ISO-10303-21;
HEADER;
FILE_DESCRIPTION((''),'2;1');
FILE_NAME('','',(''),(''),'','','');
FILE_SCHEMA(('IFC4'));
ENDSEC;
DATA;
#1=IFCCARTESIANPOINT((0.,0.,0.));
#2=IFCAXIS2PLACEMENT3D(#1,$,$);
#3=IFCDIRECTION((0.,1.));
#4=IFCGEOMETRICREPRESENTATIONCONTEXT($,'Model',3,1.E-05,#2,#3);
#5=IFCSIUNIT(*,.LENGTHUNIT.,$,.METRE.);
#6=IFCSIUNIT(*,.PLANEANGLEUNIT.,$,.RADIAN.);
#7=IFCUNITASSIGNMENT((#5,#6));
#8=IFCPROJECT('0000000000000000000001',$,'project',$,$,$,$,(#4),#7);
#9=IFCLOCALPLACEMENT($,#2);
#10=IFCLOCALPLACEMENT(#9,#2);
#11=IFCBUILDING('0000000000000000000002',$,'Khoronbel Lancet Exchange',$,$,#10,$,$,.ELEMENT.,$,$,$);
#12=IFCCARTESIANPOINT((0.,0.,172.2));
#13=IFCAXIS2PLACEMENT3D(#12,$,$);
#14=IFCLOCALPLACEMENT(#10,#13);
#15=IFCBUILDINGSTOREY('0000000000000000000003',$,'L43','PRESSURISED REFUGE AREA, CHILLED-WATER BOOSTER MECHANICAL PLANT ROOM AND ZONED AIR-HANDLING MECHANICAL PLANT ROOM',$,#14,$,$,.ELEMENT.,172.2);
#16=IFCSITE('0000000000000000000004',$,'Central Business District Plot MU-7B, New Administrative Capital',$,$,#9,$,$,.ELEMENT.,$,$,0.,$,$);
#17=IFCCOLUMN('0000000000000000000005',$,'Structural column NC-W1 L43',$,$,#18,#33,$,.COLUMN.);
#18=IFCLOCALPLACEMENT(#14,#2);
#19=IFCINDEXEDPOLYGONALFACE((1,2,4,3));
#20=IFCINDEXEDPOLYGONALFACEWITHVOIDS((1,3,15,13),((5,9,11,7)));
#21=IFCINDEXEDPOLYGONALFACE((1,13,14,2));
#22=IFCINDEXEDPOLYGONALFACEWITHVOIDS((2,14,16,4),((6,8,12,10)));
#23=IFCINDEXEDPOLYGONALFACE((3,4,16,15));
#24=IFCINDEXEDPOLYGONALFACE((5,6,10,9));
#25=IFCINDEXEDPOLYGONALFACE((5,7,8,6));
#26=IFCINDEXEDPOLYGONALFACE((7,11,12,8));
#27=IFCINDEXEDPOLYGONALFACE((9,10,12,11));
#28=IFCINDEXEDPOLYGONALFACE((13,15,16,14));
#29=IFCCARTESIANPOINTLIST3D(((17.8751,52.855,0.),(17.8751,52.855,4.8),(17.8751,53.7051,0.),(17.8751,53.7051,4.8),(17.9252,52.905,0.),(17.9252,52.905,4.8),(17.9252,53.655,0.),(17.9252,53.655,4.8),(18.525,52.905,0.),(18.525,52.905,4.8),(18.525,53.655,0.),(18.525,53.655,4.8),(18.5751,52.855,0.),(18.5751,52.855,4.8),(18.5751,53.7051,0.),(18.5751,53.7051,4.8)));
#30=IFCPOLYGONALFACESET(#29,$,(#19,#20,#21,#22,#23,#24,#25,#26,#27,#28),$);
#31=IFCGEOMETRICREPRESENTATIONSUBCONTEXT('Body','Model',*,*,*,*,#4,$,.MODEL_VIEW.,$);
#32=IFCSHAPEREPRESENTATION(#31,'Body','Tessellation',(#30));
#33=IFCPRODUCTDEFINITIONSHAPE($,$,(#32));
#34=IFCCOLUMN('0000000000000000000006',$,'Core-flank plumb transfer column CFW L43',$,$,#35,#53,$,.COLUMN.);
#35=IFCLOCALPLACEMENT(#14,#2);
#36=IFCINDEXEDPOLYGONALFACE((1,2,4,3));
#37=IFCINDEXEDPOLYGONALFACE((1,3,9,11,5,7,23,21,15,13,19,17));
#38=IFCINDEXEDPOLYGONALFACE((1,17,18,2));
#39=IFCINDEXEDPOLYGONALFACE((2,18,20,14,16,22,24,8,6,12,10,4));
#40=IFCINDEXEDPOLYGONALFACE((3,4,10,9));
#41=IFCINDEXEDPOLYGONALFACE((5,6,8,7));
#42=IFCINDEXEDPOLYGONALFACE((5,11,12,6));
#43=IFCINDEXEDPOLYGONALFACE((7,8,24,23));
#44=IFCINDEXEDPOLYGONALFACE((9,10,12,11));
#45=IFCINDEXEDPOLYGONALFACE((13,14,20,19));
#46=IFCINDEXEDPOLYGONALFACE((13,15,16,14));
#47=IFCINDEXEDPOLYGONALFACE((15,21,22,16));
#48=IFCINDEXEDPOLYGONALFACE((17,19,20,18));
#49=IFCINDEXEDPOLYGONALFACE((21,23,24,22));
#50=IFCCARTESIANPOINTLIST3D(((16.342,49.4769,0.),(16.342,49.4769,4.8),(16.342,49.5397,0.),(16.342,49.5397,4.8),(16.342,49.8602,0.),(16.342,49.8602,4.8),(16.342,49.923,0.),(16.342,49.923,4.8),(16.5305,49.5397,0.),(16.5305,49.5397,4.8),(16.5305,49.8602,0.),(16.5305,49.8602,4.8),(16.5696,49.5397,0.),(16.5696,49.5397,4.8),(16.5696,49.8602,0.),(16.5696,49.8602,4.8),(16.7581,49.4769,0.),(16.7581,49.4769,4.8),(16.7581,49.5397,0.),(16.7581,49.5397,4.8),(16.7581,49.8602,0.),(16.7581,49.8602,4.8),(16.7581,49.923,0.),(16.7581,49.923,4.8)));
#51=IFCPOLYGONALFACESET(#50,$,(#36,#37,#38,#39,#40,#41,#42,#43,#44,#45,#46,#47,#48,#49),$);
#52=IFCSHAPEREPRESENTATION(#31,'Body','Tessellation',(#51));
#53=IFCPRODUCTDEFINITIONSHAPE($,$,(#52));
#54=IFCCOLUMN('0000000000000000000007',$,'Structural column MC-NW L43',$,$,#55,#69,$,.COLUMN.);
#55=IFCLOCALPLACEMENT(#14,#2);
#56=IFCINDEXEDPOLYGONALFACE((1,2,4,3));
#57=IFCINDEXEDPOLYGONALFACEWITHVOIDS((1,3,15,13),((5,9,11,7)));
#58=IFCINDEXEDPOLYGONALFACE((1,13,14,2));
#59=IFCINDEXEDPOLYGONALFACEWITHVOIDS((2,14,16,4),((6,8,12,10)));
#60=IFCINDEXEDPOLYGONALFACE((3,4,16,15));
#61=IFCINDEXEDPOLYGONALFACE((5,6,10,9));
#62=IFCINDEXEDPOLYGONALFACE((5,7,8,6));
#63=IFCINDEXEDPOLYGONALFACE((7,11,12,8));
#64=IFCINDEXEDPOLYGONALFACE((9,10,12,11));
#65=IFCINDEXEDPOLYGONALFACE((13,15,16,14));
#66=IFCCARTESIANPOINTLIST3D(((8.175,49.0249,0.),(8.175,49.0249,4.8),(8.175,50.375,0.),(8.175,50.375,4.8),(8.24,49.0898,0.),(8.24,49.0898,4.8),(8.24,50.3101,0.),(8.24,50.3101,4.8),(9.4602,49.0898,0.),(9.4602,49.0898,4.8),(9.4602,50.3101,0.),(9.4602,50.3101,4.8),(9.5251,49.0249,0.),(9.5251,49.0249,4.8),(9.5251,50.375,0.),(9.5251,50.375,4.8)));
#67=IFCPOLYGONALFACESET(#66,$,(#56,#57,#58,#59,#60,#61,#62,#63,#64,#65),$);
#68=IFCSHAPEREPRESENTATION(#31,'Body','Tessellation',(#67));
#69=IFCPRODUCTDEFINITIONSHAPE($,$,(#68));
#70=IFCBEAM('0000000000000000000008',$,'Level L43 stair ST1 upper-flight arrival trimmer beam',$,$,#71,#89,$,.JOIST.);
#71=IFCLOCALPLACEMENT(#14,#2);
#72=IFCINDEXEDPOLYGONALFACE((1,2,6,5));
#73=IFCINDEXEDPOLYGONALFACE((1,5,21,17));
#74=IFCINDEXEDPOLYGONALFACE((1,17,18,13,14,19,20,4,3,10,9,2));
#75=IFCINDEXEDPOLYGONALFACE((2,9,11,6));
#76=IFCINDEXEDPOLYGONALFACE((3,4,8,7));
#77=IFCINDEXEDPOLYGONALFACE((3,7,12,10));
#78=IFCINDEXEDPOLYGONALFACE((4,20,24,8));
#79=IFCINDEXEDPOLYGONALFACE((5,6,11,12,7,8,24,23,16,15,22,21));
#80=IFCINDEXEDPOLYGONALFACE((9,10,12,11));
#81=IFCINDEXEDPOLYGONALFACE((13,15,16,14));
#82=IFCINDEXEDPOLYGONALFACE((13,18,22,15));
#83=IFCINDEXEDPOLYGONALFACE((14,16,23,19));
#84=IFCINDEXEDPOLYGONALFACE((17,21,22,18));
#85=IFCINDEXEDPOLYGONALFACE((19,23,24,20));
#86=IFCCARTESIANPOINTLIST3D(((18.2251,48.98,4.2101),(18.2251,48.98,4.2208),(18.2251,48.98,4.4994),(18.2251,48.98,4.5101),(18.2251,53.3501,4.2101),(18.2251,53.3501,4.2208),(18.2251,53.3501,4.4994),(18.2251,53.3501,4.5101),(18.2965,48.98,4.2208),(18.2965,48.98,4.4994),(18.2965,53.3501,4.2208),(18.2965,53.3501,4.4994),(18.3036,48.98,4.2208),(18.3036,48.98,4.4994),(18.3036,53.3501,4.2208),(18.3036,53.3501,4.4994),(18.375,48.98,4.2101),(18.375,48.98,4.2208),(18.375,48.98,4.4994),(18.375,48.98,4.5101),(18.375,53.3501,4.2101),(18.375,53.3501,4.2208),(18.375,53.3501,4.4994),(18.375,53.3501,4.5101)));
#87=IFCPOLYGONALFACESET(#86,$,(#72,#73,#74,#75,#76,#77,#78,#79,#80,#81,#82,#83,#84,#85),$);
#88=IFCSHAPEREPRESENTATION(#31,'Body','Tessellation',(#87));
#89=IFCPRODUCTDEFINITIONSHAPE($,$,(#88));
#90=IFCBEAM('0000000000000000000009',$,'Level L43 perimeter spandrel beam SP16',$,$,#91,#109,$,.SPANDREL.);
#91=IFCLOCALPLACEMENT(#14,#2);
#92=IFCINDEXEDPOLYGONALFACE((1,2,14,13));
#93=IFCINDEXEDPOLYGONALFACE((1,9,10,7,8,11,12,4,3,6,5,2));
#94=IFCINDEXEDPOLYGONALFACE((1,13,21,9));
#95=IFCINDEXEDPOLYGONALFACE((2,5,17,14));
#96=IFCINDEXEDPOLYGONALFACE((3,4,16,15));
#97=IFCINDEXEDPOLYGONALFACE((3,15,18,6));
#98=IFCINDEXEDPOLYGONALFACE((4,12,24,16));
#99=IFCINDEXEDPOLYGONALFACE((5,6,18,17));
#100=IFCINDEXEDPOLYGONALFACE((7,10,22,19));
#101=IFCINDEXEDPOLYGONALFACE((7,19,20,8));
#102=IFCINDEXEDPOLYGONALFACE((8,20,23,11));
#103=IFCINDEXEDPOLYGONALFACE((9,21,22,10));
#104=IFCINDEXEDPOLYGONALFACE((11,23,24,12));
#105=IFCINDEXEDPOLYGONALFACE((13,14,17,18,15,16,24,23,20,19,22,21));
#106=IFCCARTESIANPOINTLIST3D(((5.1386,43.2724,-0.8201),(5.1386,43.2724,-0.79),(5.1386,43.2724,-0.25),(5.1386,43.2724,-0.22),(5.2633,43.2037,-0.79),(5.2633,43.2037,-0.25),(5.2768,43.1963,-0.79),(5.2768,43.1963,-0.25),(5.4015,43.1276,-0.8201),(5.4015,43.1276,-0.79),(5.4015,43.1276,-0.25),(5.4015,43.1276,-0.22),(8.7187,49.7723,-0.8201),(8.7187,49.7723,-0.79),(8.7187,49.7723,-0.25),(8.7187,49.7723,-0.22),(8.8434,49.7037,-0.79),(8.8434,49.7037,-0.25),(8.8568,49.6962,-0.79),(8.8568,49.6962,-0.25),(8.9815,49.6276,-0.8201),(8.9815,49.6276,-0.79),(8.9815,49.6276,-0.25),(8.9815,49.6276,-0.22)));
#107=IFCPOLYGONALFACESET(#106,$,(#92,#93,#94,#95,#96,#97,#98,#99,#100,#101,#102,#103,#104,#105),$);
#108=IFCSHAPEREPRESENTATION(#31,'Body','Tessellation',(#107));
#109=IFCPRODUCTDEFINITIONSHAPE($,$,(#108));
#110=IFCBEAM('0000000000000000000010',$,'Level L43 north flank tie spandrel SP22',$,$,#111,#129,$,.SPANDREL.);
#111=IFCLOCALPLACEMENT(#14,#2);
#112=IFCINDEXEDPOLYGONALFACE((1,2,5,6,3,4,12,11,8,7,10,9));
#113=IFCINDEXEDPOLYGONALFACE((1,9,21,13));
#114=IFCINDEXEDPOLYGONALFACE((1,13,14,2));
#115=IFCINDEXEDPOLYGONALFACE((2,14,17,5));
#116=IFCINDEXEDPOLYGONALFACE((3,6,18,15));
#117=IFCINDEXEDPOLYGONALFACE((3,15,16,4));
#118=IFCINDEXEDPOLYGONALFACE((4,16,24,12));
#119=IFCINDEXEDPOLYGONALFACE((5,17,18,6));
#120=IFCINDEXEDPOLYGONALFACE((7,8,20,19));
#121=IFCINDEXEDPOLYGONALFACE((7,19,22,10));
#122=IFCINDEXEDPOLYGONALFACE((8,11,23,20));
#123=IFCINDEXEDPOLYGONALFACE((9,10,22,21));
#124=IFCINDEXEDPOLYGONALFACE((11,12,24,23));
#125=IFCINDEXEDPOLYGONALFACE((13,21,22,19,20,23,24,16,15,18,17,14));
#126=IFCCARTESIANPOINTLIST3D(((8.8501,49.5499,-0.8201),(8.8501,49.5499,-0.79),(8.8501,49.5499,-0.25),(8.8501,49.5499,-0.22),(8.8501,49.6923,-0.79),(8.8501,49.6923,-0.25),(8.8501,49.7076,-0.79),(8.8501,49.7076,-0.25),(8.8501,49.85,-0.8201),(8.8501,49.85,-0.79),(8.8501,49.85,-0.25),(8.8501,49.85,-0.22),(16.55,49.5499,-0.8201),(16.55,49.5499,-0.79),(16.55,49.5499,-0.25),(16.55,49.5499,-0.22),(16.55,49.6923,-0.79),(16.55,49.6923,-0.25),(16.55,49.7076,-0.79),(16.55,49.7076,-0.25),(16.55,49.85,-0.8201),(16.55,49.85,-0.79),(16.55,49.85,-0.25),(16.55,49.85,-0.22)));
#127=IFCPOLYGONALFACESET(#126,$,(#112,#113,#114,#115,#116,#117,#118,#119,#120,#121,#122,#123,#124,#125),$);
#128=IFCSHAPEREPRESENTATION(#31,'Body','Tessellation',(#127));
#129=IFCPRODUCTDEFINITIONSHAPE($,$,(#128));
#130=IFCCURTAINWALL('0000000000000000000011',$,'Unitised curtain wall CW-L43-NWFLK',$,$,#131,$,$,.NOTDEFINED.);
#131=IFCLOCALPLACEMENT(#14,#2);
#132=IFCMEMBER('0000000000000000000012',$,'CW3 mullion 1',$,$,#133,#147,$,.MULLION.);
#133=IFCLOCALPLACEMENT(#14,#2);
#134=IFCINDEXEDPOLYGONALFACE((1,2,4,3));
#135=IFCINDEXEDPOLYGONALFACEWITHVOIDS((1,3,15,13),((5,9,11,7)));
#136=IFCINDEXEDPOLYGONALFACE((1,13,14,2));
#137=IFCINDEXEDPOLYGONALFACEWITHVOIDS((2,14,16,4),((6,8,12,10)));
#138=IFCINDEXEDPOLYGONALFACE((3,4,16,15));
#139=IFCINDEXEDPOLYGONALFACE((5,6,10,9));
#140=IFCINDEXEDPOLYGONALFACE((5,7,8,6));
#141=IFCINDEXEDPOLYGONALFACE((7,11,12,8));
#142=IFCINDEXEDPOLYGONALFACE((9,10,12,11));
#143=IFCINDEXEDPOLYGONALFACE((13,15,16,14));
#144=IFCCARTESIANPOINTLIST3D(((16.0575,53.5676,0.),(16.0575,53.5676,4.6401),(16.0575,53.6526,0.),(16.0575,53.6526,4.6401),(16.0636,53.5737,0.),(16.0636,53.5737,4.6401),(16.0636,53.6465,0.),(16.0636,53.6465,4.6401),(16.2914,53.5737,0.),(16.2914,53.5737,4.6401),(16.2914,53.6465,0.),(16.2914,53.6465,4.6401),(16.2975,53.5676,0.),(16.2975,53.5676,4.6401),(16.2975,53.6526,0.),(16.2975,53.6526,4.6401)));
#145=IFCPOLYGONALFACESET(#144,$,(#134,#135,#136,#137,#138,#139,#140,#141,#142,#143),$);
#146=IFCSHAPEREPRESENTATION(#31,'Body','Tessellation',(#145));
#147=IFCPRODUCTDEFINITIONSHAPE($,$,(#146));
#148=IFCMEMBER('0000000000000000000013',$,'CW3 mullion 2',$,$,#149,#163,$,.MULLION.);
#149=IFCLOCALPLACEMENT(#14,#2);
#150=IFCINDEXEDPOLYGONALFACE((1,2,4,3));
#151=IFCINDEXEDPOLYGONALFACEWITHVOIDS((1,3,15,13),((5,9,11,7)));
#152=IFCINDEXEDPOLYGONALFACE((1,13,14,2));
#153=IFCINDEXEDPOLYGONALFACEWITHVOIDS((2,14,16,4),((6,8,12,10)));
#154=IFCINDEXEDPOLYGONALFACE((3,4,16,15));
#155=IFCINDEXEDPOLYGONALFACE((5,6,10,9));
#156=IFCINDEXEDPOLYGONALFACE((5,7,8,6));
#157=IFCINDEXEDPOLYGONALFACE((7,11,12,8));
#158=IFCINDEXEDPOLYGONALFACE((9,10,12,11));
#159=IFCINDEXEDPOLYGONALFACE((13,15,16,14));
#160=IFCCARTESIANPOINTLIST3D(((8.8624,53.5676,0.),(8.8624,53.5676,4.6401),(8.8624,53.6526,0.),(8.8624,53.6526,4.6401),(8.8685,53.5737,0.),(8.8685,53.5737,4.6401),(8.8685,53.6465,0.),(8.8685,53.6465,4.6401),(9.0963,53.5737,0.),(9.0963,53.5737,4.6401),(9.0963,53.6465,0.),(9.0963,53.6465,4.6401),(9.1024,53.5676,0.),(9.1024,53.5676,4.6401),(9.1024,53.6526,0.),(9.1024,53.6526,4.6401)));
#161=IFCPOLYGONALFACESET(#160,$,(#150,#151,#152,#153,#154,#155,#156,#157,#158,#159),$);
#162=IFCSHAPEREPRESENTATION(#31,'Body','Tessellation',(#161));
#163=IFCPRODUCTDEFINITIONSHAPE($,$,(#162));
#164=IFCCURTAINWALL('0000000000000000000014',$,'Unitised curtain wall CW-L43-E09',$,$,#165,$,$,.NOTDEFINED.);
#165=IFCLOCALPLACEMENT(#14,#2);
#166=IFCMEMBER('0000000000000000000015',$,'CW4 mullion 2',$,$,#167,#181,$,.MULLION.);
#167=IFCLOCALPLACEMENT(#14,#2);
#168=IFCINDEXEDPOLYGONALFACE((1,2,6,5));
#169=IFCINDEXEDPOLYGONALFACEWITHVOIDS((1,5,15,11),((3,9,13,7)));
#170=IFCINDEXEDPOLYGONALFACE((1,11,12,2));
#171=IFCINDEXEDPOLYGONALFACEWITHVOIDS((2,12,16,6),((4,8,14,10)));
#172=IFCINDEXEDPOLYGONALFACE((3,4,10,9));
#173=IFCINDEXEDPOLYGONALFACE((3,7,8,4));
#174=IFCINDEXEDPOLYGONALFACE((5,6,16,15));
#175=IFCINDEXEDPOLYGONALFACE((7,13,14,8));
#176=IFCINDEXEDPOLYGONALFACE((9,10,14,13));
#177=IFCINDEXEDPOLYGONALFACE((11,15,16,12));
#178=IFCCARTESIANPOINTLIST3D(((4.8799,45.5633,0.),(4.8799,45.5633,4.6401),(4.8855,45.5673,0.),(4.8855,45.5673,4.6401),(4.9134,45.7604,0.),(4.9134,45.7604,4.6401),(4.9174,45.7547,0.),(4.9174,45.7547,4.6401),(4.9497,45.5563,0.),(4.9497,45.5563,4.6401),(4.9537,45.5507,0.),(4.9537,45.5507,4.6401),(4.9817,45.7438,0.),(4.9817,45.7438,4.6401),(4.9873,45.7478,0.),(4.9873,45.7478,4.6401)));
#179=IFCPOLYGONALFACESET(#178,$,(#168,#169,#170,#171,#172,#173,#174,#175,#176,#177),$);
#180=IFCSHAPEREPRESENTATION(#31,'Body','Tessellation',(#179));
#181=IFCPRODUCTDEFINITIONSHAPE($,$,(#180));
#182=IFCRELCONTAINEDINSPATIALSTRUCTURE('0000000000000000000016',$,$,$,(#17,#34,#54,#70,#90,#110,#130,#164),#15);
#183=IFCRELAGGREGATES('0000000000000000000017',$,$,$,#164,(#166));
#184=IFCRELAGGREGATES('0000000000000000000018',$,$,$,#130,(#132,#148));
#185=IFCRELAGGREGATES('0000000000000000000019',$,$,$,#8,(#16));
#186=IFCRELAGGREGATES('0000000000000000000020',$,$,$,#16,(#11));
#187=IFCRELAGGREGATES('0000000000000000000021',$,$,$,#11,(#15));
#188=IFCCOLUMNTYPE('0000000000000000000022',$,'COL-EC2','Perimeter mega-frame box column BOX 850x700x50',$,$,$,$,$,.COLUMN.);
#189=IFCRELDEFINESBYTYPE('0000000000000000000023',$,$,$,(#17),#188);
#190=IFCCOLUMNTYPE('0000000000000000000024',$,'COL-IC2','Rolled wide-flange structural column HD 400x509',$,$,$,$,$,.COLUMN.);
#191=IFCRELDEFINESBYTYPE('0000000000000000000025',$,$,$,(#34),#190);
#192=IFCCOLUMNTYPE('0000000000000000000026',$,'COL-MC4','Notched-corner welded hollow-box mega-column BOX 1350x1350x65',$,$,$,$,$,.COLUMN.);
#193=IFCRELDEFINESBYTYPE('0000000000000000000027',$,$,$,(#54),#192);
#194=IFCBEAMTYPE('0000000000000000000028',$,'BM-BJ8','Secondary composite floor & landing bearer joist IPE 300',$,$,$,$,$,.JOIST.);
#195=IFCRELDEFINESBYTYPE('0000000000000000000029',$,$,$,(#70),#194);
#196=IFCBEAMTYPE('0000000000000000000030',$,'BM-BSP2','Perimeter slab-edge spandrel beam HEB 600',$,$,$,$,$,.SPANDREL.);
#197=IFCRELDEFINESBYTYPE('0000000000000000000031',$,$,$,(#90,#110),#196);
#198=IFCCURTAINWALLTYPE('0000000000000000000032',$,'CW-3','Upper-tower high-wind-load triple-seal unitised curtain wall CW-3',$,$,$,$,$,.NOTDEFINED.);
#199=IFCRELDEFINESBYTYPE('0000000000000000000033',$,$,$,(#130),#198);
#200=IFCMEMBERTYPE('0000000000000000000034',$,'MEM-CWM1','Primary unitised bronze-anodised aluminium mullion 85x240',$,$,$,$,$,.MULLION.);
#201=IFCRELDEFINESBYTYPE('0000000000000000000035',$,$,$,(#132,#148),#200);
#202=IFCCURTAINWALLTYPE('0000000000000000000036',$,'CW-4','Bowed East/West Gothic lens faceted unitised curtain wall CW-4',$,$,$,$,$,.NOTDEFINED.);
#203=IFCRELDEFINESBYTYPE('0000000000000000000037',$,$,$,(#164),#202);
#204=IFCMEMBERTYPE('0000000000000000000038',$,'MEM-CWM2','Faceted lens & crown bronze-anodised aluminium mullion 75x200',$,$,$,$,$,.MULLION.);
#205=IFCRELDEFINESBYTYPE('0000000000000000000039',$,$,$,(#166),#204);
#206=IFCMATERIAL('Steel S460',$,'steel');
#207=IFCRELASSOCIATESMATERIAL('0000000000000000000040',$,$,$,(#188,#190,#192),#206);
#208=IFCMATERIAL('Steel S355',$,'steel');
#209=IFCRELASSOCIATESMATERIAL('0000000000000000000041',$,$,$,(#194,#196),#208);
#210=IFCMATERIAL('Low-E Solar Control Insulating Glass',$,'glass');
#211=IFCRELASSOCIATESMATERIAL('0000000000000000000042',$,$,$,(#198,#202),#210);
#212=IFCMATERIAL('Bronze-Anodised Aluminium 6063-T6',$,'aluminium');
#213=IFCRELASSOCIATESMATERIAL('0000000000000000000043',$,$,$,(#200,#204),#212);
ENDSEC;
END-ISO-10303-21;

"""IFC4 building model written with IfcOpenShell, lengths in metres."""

from ifc_helpers import new_model, si_unit, direction, frame, origin, origin_2d, place, context, subcontext, project, spatial, hollow_rectangle, i_section, extrude, material, material_profile, profile_set, type_object, element, aggregate, save


model = new_model("IFC4")

# Units and contexts
model_context = context("Model", 3, precision=1e-05, world=origin(), true_north=direction((0.0, 1.0)))
body_context = subcontext(model_context, "Body", "Model", "MODEL_VIEW")
ifc_project = project(units=[si_unit("LENGTHUNIT", "METRE"), si_unit("PLANEANGLEUNIT", "RADIAN")], contexts=[model_context])

# Site, building, storey
site_placement = place(None, origin())
site = spatial("IfcSite", under=ifc_project, at=site_placement, Name="Central Business District Plot MU-7B, New Administrative Capital", CompositionType="ELEMENT", RefElevation=0.0)
building_placement = place(site_placement, origin())
building = spatial("IfcBuilding", under=site, at=building_placement, Name="Khoronbel Lancet Exchange", CompositionType="ELEMENT")
storey_placement = place(building_placement, frame((0.0, 0.0, 172.2)))
storey = spatial("IfcBuildingStorey", under=building, at=storey_placement, Name="L43", Description="PRESSURISED REFUGE AREA, CHILLED-WATER BOOSTER MECHANICAL PLANT ROOM AND ZONED AIR-HANDLING MECHANICAL PLANT ROOM", CompositionType="ELEMENT", Elevation=172.2)

# Columns
ifc_material_1 = material(Name="Steel S460", Category="steel")
ifc_material_profile_1 = material_profile(ifc_material_1, hollow_rectangle(XDim=0.7, YDim=0.8501, WallThickness=0.05, at=origin_2d()), Name="BOX 850x700x50")
ifc_profile_set_1 = profile_set([ifc_material_profile_1], Name="Steel S460")
column_type_1 = type_object("IfcColumnType", Name="COL-EC2", Description="Perimeter mega-frame box column BOX 850x700x50", PredefinedType="COLUMN", material=ifc_profile_set_1)
column_1_placement = place(storey_placement, frame((18.2251, 53.28, 0.0), z_axis=(0.0, 0.0, 1.0), x_axis=(1.0, 0.0, 0.0)))
element("IfcColumn", 1, at=column_1_placement, inside=storey, type_object=column_type_1, Name="Structural column NC-W1 L43", PredefinedType="COLUMN", context=body_context, shape_type="SweptSolid", body=[
    extrude(hollow_rectangle(XDim=0.7, YDim=0.8501, WallThickness=0.05, at=origin_2d()), origin(), (0.0, 0.0, 1.0), 4.8),
])
ifc_material_profile_2 = material_profile(ifc_material_1, i_section(OverallWidth=0.416, OverallDepth=0.446, WebThickness=0.0391, FlangeThickness=0.0627, at=origin_2d()), Name="HD 400x509")
ifc_profile_set_2 = profile_set([ifc_material_profile_2], Name="Steel S460")
column_type_2 = type_object("IfcColumnType", Name="COL-IC2", Description="Rolled wide-flange structural column HD 400x509", PredefinedType="COLUMN", material=ifc_profile_set_2)
column_2_placement = place(storey_placement, frame((16.55, 49.7, 0.0), z_axis=(0.0, 0.0, 1.0), x_axis=(1.0, 0.0, 0.0)))
element("IfcColumn", 2, at=column_2_placement, inside=storey, type_object=column_type_2, Name="Core-flank plumb transfer column CFW L43", PredefinedType="COLUMN", context=body_context, shape_type="SweptSolid", body=[
    extrude(i_section(OverallWidth=0.416, OverallDepth=0.446, WebThickness=0.0391, FlangeThickness=0.0627, at=origin_2d()), origin(), (0.0, 0.0, 1.0), 4.8),
])
ifc_material_profile_3 = material_profile(ifc_material_1, hollow_rectangle(XDim=1.3501, YDim=1.3501, WallThickness=0.0649, at=origin_2d()), Name="BOX 1350x1350x65")
ifc_profile_set_3 = profile_set([ifc_material_profile_3], Name="Steel S460")
column_type_3 = type_object("IfcColumnType", Name="COL-MC4", Description="Notched-corner welded hollow-box mega-column BOX 1350x1350x65", PredefinedType="COLUMN", material=ifc_profile_set_3)
column_3_placement = place(storey_placement, frame((8.8501, 49.7, 0.0), z_axis=(0.0, 0.0, 1.0), x_axis=(1.0, 0.0, 0.0)))
element("IfcColumn", 3, at=column_3_placement, inside=storey, type_object=column_type_3, Name="Structural column MC-NW L43", PredefinedType="COLUMN", context=body_context, shape_type="SweptSolid", body=[
    extrude(hollow_rectangle(XDim=1.3501, YDim=1.3501, WallThickness=0.0649, at=origin_2d()), origin(), (0.0, 0.0, 1.0), 4.8),
])

# Beams
ifc_material_2 = material(Name="Steel S355", Category="steel")
ifc_material_profile_4 = material_profile(ifc_material_2, i_section(OverallWidth=0.1499, OverallDepth=0.3, WebThickness=0.0071, FlangeThickness=0.0107, at=origin_2d()), Name="IPE 300")
ifc_profile_set_4 = profile_set([ifc_material_profile_4], Name="Steel S355")
beam_type_1 = type_object("IfcBeamType", Name="BM-BJ8", Description="Secondary composite floor & landing bearer joist IPE 300", PredefinedType="JOIST", material=ifc_profile_set_4)
beam_1_placement = place(storey_placement, frame((18.3, 48.98, 4.3601), z_axis=(0.0, 1.0, 0.0), x_axis=(-1.0, 0.0, 0.0)))
element("IfcBeam", 4, at=beam_1_placement, inside=storey, type_object=beam_type_1, Name="Level L43 stair ST1 upper-flight arrival trimmer beam", PredefinedType="JOIST", context=body_context, shape_type="SweptSolid", body=[
    extrude(i_section(OverallWidth=0.1499, OverallDepth=0.3, WebThickness=0.0071, FlangeThickness=0.0107, at=origin_2d()), origin(), (0.0, 0.0, 1.0), 4.3701),
])
ifc_material_profile_5 = material_profile(ifc_material_2, i_section(OverallWidth=0.3, OverallDepth=0.6001, WebThickness=0.0154, FlangeThickness=0.03, at=origin_2d()), Name="HEB 600")
ifc_profile_set_5 = profile_set([ifc_material_profile_5], Name="Steel S355")
beam_type_2 = type_object("IfcBeamType", Name="BM-BSP2", Description="Perimeter slab-edge spandrel beam HEB 600", PredefinedType="SPANDREL", material=ifc_profile_set_5)
beam_2_placement = place(storey_placement, frame((8.8501, 49.7, -0.52), z_axis=(-0.482444, -0.875927, 0.0), x_axis=(0.875927, -0.482444, 0.0)))
element("IfcBeam", 5, at=beam_2_placement, inside=storey, type_object=beam_type_2, Name="Level L43 perimeter spandrel beam SP16", PredefinedType="SPANDREL", context=body_context, shape_type="SweptSolid", body=[
    extrude(i_section(OverallWidth=0.3, OverallDepth=0.6001, WebThickness=0.0154, FlangeThickness=0.03, at=origin_2d()), origin(), (0.0, 0.0, 1.0), 7.4207),
])
beam_3_placement = place(storey_placement, frame((8.8501, 49.7, -0.52), z_axis=(1.0, 0.0, 0.0), x_axis=(0.0, 1.0, 0.0)))
element("IfcBeam", 6, at=beam_3_placement, inside=storey, type_object=beam_type_2, Name="Level L43 north flank tie spandrel SP22", PredefinedType="SPANDREL", context=body_context, shape_type="SweptSolid", body=[
    extrude(i_section(OverallWidth=0.3, OverallDepth=0.6001, WebThickness=0.0154, FlangeThickness=0.03, at=origin_2d()), origin(), (0.0, 0.0, 1.0), 7.7),
])

# Curtain wall, members
ifc_material_3 = material(Name="Low-E Solar Control Insulating Glass", Category="glass")
curtain_wall_type_1 = type_object("IfcCurtainWallType", Name="CW-3", Description="Upper-tower high-wind-load triple-seal unitised curtain wall CW-3", PredefinedType="NOTDEFINED", material=ifc_material_3)
curtain_wall_1_placement = place(storey_placement, origin())
curtain_wall_1 = element("IfcCurtainWall", 7, at=curtain_wall_1_placement, inside=storey, type_object=curtain_wall_type_1, Name="Unitised curtain wall CW-L43-NWFLK", PredefinedType="NOTDEFINED")
ifc_material_4 = material(Name="Bronze-Anodised Aluminium 6063-T6", Category="aluminium")
ifc_material_profile_6 = material_profile(ifc_material_4, hollow_rectangle(XDim=0.085, YDim=0.24, WallThickness=0.0061, at=origin_2d()), Name="ALU MULLION 85x240")
ifc_profile_set_6 = profile_set([ifc_material_profile_6], Name="Bronze-Anodised Aluminium 6063-T6")
member_type_1 = type_object("IfcMemberType", Name="MEM-CWM1", Description="Primary unitised bronze-anodised aluminium mullion 85x240", PredefinedType="MULLION", material=ifc_profile_set_6)
member_1_placement = place(storey_placement, frame((16.1775, 53.6101, 0.0), z_axis=(0.0, 0.0, 1.0), x_axis=(0.0, -1.0, 0.0)))
member_1 = element("IfcMember", 8, at=member_1_placement, type_object=member_type_1, Name="CW3 mullion 1", PredefinedType="MULLION", context=body_context, shape_type="SweptSolid", body=[
    extrude(hollow_rectangle(XDim=0.085, YDim=0.24, WallThickness=0.0061, at=origin_2d()), origin(), (0.0, 0.0, 1.0), 4.6401),
])
member_2_placement = place(storey_placement, frame((8.9824, 53.6101, 0.0), z_axis=(0.0, 0.0, 1.0), x_axis=(0.0, -1.0, 0.0)))
member_2 = element("IfcMember", 9, at=member_2_placement, type_object=member_type_1, Name="CW3 mullion 2", PredefinedType="MULLION", context=body_context, shape_type="SweptSolid", body=[
    extrude(hollow_rectangle(XDim=0.085, YDim=0.24, WallThickness=0.0061, at=origin_2d()), origin(), (0.0, 0.0, 1.0), 4.6401),
])

# Curtain wall, member
curtain_wall_type_2 = type_object("IfcCurtainWallType", Name="CW-4", Description="Bowed East/West Gothic lens faceted unitised curtain wall CW-4", PredefinedType="NOTDEFINED", material=ifc_material_3)
curtain_wall_2_placement = place(storey_placement, origin())
curtain_wall_2 = element("IfcCurtainWall", 10, at=curtain_wall_2_placement, inside=storey, type_object=curtain_wall_type_2, Name="Unitised curtain wall CW-L43-E09", PredefinedType="NOTDEFINED")
ifc_material_profile_7 = material_profile(ifc_material_4, hollow_rectangle(XDim=0.075, YDim=0.2, WallThickness=0.0049, at=origin_2d()), Name="ALU MULLION 75x200")
ifc_profile_set_7 = profile_set([ifc_material_profile_7], Name="Bronze-Anodised Aluminium 6063-T6")
member_type_2 = type_object("IfcMemberType", Name="MEM-CWM2", Description="Faceted lens & crown bronze-anodised aluminium mullion 75x200", PredefinedType="MULLION", material=ifc_profile_set_7)
member_3_placement = place(storey_placement, frame((4.9336, 45.6555, 0.0), z_axis=(0.0, 0.0, 1.0), x_axis=(-0.985785, 0.168009, 0.0)))
member_3 = element("IfcMember", 11, at=member_3_placement, type_object=member_type_2, Name="CW4 mullion 2", PredefinedType="MULLION", context=body_context, shape_type="SweptSolid", body=[
    extrude(hollow_rectangle(XDim=0.075, YDim=0.2, WallThickness=0.0049, at=origin_2d()), origin(), (0.0, 0.0, 1.0), 4.6401),
])
aggregate(curtain_wall_2, [member_3])

aggregate(curtain_wall_1, [member_1, member_2])

save(model, "model.ifc")
